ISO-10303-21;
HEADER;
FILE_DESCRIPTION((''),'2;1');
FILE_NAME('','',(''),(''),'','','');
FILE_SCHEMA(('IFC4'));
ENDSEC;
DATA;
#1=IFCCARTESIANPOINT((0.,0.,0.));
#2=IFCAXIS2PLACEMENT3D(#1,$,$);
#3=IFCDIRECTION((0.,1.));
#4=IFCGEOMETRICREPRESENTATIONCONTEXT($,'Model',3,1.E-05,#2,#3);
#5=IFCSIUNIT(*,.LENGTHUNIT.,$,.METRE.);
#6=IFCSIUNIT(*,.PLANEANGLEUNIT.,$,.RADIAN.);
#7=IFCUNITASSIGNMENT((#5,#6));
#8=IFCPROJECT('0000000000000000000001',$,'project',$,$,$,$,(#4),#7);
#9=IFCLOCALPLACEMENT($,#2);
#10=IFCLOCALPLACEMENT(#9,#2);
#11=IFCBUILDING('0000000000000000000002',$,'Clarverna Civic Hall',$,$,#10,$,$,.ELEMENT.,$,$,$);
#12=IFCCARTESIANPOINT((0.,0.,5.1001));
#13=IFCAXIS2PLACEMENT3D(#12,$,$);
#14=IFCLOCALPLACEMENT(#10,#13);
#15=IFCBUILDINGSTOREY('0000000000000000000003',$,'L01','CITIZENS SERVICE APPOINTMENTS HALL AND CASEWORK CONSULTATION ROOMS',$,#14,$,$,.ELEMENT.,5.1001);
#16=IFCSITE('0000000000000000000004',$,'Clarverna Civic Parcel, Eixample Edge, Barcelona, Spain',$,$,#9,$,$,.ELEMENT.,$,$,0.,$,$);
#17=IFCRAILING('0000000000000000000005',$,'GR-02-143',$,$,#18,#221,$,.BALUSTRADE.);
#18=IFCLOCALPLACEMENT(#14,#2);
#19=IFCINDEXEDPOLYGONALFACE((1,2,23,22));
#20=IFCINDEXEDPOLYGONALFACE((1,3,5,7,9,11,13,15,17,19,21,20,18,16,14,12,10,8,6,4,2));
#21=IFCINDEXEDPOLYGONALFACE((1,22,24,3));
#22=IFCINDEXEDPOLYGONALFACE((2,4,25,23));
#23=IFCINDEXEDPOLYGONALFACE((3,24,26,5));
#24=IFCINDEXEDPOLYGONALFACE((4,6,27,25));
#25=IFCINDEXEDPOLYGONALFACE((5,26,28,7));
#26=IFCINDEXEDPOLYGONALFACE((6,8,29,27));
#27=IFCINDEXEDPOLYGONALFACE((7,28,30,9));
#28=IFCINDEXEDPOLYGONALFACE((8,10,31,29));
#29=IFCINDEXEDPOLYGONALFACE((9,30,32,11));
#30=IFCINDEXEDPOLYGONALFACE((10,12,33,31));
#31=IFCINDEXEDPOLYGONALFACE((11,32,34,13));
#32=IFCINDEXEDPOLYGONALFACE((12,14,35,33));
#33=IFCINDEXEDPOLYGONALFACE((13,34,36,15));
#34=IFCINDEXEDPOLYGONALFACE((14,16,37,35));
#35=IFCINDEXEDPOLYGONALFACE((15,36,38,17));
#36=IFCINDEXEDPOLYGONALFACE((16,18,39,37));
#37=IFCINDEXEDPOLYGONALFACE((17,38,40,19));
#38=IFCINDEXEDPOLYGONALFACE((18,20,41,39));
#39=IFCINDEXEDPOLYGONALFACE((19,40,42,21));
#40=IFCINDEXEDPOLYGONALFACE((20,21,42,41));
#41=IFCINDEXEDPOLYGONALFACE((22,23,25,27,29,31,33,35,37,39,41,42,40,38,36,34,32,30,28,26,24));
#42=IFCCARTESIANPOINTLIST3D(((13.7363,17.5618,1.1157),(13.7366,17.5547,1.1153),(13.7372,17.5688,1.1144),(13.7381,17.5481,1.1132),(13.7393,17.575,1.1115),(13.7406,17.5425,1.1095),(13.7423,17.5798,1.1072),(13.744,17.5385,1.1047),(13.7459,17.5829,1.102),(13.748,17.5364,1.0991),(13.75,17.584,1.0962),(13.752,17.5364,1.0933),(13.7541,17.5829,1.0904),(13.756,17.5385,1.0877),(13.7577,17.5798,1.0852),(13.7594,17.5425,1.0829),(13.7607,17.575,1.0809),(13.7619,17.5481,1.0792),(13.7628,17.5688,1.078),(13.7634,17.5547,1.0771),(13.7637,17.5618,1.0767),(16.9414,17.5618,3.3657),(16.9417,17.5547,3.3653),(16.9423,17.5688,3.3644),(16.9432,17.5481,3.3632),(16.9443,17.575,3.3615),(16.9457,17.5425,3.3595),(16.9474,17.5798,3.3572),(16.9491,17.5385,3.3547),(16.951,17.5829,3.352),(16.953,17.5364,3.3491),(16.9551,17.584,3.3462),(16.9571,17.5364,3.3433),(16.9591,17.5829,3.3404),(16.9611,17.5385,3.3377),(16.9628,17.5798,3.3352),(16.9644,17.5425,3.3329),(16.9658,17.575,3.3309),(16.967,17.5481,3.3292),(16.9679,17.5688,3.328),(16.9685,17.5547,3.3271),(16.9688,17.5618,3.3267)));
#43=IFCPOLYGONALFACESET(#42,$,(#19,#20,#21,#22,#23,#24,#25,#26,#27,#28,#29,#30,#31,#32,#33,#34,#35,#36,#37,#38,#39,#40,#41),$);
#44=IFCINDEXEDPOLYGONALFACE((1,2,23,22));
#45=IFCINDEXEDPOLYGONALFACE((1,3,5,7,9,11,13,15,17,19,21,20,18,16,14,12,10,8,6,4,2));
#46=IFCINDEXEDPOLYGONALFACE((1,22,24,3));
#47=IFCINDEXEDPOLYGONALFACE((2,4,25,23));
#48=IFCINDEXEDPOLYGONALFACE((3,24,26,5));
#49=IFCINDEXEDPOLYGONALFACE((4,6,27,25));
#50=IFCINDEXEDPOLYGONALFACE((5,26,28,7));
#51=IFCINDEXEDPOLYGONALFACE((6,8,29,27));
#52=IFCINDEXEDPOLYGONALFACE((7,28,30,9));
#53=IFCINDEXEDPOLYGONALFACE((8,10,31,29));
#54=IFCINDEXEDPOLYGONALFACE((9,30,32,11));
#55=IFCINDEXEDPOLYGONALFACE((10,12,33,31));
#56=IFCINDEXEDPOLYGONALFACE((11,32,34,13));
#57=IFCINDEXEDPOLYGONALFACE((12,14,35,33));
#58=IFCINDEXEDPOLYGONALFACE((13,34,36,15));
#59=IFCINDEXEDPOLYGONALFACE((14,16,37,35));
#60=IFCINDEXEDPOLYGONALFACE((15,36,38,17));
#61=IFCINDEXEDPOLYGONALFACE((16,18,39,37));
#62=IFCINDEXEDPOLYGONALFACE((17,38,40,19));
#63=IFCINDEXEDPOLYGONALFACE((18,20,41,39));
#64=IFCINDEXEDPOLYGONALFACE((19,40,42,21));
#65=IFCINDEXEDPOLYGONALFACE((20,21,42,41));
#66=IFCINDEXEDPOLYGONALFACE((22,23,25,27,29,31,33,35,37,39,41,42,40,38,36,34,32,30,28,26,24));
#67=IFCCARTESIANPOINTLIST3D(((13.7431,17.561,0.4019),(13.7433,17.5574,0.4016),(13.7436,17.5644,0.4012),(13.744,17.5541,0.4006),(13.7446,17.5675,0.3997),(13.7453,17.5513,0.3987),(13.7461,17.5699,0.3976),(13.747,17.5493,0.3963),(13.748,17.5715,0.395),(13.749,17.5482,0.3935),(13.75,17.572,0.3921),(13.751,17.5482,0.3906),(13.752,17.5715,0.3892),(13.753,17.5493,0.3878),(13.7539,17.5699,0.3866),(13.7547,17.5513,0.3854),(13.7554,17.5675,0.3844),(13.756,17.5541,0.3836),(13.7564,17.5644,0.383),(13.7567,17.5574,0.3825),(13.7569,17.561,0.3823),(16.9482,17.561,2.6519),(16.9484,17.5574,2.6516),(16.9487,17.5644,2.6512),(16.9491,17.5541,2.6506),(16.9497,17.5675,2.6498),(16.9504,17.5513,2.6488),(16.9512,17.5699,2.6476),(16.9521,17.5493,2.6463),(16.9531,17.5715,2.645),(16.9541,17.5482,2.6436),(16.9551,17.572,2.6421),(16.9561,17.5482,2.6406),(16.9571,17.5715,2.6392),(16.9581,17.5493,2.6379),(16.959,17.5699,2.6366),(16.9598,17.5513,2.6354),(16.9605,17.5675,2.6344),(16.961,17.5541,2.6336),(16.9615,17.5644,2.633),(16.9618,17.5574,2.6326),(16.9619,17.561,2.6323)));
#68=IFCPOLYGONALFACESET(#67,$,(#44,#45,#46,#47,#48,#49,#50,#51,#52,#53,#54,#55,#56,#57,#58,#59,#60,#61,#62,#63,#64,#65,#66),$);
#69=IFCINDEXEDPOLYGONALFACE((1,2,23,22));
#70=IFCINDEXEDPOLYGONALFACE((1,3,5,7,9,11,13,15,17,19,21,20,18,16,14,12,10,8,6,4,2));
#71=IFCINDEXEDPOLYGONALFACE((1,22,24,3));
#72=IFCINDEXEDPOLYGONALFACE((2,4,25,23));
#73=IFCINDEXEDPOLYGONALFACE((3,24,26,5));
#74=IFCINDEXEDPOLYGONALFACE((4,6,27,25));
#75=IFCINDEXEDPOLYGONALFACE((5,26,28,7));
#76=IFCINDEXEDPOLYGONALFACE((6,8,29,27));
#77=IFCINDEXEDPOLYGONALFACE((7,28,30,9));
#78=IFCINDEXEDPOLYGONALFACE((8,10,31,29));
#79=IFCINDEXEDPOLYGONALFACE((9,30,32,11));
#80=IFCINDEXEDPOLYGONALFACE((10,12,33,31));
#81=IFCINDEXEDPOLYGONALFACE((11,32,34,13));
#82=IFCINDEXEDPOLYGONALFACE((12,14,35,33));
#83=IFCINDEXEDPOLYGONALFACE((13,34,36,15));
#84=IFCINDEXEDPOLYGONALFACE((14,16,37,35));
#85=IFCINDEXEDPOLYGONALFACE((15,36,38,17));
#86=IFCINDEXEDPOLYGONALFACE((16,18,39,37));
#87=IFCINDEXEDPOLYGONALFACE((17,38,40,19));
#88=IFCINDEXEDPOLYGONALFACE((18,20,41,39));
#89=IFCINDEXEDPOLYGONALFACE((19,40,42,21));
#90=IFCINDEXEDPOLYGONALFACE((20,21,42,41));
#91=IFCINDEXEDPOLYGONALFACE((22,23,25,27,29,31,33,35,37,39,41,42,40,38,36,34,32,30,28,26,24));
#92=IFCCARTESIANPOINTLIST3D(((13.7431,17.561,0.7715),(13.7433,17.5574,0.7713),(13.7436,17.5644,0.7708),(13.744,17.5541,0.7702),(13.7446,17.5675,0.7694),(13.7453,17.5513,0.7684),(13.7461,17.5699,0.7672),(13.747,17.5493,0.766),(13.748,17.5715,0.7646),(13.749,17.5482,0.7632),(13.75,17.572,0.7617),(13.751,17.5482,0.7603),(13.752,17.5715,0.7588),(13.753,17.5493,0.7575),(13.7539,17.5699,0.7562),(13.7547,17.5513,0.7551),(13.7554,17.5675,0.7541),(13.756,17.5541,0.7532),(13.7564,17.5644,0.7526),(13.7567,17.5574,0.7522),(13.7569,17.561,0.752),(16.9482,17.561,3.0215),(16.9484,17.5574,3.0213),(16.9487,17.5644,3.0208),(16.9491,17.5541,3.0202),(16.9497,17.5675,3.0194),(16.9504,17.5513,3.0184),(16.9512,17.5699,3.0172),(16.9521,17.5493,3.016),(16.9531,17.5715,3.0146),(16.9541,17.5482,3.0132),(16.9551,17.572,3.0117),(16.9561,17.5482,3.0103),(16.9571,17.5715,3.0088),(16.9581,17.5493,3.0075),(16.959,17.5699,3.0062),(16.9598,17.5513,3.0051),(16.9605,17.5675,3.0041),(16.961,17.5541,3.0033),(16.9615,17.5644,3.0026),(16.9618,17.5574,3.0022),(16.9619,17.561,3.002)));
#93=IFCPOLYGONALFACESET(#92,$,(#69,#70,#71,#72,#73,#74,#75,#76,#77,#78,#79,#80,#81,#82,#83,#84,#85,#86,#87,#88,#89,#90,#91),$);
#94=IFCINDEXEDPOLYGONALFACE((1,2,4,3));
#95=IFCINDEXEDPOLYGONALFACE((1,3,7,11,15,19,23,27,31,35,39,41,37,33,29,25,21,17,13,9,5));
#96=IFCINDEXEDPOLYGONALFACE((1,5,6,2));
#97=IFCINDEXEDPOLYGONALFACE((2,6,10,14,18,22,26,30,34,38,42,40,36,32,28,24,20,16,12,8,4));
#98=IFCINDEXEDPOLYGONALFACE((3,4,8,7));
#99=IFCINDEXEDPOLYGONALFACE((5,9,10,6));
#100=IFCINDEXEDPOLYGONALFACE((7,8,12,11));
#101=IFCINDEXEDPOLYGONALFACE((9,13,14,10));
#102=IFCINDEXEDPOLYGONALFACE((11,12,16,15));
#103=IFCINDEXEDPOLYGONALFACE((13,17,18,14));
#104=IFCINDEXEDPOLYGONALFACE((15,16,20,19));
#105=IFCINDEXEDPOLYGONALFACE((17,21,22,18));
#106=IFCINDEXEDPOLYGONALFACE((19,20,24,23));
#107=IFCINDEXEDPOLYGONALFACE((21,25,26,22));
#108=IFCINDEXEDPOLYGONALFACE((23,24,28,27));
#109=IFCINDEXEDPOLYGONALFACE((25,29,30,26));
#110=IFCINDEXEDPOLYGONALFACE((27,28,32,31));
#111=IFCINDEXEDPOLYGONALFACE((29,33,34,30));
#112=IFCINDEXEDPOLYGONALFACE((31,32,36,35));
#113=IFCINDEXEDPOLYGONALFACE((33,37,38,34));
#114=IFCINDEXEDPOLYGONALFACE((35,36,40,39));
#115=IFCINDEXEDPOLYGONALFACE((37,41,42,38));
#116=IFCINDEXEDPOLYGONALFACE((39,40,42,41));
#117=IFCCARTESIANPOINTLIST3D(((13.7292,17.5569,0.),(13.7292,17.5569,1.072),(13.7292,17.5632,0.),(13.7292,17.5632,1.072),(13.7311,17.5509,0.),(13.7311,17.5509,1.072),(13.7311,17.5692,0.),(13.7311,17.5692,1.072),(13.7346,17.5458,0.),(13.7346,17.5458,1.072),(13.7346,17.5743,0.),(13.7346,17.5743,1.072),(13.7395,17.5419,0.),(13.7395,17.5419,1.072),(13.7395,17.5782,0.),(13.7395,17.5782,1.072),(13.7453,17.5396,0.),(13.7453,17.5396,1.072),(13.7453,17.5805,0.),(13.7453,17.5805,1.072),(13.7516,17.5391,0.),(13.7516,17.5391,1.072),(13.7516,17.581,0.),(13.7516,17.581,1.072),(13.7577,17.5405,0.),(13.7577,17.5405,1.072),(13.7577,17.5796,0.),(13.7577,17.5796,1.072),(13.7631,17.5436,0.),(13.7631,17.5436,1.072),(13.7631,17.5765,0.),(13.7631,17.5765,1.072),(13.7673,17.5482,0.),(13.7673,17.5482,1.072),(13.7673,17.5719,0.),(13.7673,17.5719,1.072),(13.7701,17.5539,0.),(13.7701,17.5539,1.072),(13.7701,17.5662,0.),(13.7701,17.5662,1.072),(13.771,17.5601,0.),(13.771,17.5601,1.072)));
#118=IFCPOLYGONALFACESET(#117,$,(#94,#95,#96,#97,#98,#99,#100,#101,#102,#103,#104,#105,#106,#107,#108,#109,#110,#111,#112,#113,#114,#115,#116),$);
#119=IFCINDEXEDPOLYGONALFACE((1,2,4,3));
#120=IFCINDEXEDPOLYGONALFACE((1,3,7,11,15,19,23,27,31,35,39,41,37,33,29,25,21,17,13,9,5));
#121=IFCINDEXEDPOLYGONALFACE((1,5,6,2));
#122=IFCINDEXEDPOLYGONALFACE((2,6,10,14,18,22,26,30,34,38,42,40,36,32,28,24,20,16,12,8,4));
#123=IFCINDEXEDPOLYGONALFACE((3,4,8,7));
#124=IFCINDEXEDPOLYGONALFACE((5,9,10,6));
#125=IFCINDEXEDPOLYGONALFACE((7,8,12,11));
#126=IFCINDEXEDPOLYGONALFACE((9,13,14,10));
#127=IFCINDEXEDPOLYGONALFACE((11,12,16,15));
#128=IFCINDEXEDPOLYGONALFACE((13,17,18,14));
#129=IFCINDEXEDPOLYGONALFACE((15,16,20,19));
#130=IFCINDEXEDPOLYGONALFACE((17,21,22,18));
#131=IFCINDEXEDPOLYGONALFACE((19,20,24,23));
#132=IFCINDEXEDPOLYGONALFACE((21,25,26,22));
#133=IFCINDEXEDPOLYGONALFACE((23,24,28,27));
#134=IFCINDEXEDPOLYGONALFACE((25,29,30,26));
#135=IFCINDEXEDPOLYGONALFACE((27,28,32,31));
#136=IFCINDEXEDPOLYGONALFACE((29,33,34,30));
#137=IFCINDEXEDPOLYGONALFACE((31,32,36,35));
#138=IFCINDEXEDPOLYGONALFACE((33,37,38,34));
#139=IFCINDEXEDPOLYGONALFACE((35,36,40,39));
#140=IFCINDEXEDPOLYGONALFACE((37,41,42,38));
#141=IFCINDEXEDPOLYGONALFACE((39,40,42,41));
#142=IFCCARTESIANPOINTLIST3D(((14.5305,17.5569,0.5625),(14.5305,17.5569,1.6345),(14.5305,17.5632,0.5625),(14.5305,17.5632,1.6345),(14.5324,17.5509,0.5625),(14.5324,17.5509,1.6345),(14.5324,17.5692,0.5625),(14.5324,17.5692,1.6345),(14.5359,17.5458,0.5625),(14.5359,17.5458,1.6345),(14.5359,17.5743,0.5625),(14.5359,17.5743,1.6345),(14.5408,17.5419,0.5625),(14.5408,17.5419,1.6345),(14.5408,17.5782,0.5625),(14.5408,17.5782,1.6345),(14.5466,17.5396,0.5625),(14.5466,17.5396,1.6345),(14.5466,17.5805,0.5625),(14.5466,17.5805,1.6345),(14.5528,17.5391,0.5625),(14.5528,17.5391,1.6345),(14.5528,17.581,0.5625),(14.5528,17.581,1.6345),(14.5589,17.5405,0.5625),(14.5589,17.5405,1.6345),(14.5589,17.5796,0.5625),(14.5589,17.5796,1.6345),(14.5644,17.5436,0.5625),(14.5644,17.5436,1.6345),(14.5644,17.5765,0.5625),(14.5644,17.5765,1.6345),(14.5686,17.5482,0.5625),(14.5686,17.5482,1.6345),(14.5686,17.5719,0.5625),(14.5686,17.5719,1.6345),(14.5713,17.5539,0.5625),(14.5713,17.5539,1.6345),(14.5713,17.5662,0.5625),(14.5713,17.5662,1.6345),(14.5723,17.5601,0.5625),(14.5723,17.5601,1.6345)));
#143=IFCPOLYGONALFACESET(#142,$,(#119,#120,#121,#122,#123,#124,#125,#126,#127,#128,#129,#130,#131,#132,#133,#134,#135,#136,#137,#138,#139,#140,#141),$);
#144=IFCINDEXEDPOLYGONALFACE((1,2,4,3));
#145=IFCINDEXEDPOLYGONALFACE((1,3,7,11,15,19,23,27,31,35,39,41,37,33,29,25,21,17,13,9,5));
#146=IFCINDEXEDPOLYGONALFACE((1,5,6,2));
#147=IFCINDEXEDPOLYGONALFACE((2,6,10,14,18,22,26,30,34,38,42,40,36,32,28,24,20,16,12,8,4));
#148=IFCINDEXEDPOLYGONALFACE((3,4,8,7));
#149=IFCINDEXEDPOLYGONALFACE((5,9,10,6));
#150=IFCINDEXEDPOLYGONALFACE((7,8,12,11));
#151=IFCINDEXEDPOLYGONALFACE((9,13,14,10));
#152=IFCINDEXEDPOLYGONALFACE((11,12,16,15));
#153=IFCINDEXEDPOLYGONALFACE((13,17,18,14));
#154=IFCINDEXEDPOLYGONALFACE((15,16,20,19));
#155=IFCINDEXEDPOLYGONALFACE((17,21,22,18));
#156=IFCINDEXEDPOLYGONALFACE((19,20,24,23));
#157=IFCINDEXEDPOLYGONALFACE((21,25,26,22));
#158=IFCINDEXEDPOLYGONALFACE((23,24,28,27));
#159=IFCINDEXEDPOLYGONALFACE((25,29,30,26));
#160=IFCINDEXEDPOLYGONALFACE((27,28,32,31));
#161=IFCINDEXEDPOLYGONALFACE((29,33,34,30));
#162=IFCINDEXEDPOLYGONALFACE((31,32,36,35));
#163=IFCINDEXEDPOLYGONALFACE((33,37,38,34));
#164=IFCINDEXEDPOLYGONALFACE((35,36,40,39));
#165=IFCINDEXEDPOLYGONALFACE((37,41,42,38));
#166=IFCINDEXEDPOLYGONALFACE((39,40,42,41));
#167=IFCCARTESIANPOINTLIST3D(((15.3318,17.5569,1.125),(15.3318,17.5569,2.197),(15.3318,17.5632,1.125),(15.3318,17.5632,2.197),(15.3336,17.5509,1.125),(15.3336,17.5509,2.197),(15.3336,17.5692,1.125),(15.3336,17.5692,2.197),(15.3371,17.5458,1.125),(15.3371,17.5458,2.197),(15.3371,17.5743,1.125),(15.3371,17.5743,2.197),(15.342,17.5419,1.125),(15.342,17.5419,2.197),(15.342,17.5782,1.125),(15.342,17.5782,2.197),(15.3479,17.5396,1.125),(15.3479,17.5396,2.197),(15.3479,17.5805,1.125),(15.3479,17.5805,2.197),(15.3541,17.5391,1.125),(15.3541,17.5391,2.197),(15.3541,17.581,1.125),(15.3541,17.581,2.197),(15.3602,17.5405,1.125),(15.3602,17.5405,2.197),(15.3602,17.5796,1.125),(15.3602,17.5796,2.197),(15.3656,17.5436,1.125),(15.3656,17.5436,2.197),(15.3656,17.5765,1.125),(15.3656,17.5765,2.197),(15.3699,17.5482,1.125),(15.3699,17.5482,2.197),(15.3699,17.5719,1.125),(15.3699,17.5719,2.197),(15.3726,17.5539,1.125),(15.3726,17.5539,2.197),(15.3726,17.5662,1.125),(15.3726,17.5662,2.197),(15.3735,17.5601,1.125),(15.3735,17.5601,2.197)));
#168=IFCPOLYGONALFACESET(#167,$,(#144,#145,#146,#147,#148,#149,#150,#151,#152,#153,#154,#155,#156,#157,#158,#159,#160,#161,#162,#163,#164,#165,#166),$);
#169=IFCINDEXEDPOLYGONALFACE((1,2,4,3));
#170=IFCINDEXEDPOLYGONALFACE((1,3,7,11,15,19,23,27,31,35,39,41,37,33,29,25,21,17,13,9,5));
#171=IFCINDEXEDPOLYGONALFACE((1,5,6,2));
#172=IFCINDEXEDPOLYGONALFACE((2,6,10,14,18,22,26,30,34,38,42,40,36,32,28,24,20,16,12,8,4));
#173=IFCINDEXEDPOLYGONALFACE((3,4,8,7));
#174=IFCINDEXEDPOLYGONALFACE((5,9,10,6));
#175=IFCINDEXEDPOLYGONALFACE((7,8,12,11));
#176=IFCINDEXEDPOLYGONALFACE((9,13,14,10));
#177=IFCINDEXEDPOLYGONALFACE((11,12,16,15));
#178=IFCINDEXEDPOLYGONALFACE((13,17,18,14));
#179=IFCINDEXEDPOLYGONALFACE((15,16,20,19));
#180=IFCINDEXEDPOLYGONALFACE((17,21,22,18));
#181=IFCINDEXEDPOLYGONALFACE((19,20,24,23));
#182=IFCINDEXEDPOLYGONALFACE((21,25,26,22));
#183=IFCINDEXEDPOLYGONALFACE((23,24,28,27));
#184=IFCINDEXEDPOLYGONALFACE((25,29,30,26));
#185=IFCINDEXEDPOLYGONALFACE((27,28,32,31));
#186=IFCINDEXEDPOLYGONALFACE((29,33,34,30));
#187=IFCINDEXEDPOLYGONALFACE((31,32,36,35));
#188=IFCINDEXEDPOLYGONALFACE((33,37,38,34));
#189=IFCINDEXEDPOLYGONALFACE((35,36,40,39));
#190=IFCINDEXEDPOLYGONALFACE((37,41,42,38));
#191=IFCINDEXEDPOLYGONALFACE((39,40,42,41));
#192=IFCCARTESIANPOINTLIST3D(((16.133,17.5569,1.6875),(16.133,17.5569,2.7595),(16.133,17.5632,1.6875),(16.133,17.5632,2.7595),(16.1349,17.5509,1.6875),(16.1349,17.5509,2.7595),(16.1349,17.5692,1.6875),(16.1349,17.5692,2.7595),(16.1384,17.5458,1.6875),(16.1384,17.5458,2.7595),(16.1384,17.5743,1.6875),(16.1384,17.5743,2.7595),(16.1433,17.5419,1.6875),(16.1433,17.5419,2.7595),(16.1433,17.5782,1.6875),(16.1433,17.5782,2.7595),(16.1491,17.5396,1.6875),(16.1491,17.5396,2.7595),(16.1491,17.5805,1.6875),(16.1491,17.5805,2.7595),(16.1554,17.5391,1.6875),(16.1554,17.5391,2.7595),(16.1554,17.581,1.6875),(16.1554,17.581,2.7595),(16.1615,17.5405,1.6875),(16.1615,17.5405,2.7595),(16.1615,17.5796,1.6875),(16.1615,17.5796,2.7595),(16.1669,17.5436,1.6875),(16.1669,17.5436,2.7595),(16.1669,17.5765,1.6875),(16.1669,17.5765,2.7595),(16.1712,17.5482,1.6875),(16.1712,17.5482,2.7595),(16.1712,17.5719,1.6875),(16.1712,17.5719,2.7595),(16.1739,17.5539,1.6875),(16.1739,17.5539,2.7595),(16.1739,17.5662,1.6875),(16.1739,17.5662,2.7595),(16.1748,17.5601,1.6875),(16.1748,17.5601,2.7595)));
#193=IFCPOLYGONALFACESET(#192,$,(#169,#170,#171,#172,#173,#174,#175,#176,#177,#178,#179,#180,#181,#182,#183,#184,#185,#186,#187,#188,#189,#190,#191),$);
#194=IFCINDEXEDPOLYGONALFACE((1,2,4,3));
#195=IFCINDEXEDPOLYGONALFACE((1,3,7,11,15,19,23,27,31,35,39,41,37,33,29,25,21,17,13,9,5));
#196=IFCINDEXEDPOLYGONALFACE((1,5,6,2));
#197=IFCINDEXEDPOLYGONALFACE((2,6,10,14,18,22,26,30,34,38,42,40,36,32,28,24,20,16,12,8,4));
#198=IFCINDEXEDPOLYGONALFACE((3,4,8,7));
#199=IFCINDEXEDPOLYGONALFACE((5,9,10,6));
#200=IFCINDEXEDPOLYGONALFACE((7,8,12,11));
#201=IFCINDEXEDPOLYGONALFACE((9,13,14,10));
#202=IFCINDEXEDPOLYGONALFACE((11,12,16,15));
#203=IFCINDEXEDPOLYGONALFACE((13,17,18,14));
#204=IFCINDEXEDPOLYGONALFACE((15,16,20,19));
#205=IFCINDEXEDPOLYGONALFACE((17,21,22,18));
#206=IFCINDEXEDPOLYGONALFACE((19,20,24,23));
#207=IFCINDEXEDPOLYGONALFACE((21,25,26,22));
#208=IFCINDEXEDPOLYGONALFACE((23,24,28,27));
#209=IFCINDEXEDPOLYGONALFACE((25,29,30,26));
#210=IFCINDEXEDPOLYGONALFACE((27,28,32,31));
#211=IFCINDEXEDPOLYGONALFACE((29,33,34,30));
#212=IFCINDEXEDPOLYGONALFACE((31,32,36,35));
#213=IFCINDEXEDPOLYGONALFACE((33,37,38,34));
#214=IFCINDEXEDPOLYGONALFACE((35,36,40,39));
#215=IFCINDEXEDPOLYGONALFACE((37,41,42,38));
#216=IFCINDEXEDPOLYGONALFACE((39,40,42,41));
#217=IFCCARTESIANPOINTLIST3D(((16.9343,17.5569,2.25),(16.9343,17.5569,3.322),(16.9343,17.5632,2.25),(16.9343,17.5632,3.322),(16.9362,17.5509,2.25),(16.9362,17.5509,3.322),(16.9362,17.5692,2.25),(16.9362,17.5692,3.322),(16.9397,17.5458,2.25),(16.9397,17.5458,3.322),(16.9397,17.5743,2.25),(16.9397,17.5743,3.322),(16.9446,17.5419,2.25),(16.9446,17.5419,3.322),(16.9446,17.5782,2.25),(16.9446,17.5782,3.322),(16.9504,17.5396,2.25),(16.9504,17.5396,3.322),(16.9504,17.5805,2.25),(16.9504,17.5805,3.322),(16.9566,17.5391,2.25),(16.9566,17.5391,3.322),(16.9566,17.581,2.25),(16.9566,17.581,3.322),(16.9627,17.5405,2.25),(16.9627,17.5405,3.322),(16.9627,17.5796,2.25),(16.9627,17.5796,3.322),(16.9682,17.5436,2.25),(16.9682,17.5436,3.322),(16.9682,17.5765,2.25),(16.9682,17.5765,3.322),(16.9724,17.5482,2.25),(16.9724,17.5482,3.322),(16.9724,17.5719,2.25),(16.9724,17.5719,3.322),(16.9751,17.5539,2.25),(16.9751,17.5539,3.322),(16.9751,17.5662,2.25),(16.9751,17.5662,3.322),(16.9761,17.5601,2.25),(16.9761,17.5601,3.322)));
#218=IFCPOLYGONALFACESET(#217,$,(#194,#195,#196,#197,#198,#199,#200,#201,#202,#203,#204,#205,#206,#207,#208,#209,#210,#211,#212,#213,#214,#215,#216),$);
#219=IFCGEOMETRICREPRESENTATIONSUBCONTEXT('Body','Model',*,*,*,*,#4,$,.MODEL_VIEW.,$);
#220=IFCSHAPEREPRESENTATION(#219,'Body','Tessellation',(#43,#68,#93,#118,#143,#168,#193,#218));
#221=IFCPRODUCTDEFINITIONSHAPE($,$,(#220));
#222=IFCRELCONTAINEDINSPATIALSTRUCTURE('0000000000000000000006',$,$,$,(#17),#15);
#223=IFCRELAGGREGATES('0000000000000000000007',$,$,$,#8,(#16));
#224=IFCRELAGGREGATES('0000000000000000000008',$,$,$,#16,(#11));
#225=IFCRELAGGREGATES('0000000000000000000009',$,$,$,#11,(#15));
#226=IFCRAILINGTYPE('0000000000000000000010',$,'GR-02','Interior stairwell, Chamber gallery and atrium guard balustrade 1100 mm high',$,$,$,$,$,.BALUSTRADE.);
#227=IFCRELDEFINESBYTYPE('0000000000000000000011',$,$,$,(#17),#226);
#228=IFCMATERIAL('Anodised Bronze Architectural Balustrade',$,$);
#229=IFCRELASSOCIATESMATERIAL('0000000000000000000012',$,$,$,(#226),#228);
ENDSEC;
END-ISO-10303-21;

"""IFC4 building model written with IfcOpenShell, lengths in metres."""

from ifc_helpers import new_model, si_unit, direction, frame, origin, origin_2d, place, context, subcontext, project, spatial, circle, extrude, material, type_object, element, save


model = new_model("IFC4")

# Units and contexts
model_context = context("Model", 3, precision=1e-05, world=origin(), true_north=direction((0.0, 1.0)))
body_context = subcontext(model_context, "Body", "Model", "MODEL_VIEW")
ifc_project = project(units=[si_unit("LENGTHUNIT", "METRE"), si_unit("PLANEANGLEUNIT", "RADIAN")], contexts=[model_context])

# Site, building, storey
site_placement = place(None, origin())
site = spatial("IfcSite", under=ifc_project, at=site_placement, Name="Clarverna Civic Parcel, Eixample Edge, Barcelona, Spain", CompositionType="ELEMENT", RefElevation=0.0)
building_placement = place(site_placement, origin())
building = spatial("IfcBuilding", under=site, at=building_placement, Name="Clarverna Civic Hall", CompositionType="ELEMENT")
storey_placement = place(building_placement, frame((0.0, 0.0, 5.1001)))
storey = spatial("IfcBuildingStorey", under=building, at=storey_placement, Name="L01", Description="CITIZENS SERVICE APPOINTMENTS HALL AND CASEWORK CONSULTATION ROOMS", CompositionType="ELEMENT", Elevation=5.1001)

# Railing
ifc_material_1 = material(Name="Anodised Bronze Architectural Balustrade")
railing_type_1 = type_object("IfcRailingType", Name="GR-02", Description="Interior stairwell, Chamber gallery and atrium guard balustrade 1100 mm high", PredefinedType="BALUSTRADE", material=ifc_material_1)
railing_1_placement = place(storey_placement, frame((13.75, 17.5601, 0.0)))
element("IfcRailing", 1, at=railing_1_placement, inside=storey, type_object=railing_type_1, Name="GR-02-143", PredefinedType="BALUSTRADE", context=body_context, shape_type="SweptSolid", body=[
    extrude(circle(Radius=0.0239, at=origin_2d()), frame((0.0, 0.0, 1.0962), z_axis=(0.818458, 0.0, 0.574566), x_axis=(0.0, 1.0, 0.0)), (0.0, 0.0, 1.0), 3.916),
    extrude(circle(Radius=0.012, at=origin_2d()), frame((0.0, 0.0, 0.3921), z_axis=(0.818458, 0.0, 0.574566), x_axis=(0.0, 1.0, 0.0)), (0.0, 0.0, 1.0), 3.916),
    extrude(circle(Radius=0.012, at=origin_2d()), frame((0.0, 0.0, 0.7617), z_axis=(0.818458, 0.0, 0.574566), x_axis=(0.0, 1.0, 0.0)), (0.0, 0.0, 1.0), 3.916),
    extrude(circle(Radius=0.021, at=origin_2d()), origin(), (0.0, 0.0, 1.0), 1.072),
    extrude(circle(Radius=0.021, at=origin_2d()), frame((0.8013, 0.0, 0.5625)), (0.0, 0.0, 1.0), 1.072),
    extrude(circle(Radius=0.021, at=origin_2d()), frame((1.6025, 0.0, 1.125)), (0.0, 0.0, 1.0), 1.072),
    extrude(circle(Radius=0.021, at=origin_2d()), frame((2.4038, 0.0, 1.6875)), (0.0, 0.0, 1.0), 1.072),
    extrude(circle(Radius=0.021, at=origin_2d()), frame((3.2051, 0.0, 2.25)), (0.0, 0.0, 1.0), 1.072),
])

save(model, "model.ifc")
